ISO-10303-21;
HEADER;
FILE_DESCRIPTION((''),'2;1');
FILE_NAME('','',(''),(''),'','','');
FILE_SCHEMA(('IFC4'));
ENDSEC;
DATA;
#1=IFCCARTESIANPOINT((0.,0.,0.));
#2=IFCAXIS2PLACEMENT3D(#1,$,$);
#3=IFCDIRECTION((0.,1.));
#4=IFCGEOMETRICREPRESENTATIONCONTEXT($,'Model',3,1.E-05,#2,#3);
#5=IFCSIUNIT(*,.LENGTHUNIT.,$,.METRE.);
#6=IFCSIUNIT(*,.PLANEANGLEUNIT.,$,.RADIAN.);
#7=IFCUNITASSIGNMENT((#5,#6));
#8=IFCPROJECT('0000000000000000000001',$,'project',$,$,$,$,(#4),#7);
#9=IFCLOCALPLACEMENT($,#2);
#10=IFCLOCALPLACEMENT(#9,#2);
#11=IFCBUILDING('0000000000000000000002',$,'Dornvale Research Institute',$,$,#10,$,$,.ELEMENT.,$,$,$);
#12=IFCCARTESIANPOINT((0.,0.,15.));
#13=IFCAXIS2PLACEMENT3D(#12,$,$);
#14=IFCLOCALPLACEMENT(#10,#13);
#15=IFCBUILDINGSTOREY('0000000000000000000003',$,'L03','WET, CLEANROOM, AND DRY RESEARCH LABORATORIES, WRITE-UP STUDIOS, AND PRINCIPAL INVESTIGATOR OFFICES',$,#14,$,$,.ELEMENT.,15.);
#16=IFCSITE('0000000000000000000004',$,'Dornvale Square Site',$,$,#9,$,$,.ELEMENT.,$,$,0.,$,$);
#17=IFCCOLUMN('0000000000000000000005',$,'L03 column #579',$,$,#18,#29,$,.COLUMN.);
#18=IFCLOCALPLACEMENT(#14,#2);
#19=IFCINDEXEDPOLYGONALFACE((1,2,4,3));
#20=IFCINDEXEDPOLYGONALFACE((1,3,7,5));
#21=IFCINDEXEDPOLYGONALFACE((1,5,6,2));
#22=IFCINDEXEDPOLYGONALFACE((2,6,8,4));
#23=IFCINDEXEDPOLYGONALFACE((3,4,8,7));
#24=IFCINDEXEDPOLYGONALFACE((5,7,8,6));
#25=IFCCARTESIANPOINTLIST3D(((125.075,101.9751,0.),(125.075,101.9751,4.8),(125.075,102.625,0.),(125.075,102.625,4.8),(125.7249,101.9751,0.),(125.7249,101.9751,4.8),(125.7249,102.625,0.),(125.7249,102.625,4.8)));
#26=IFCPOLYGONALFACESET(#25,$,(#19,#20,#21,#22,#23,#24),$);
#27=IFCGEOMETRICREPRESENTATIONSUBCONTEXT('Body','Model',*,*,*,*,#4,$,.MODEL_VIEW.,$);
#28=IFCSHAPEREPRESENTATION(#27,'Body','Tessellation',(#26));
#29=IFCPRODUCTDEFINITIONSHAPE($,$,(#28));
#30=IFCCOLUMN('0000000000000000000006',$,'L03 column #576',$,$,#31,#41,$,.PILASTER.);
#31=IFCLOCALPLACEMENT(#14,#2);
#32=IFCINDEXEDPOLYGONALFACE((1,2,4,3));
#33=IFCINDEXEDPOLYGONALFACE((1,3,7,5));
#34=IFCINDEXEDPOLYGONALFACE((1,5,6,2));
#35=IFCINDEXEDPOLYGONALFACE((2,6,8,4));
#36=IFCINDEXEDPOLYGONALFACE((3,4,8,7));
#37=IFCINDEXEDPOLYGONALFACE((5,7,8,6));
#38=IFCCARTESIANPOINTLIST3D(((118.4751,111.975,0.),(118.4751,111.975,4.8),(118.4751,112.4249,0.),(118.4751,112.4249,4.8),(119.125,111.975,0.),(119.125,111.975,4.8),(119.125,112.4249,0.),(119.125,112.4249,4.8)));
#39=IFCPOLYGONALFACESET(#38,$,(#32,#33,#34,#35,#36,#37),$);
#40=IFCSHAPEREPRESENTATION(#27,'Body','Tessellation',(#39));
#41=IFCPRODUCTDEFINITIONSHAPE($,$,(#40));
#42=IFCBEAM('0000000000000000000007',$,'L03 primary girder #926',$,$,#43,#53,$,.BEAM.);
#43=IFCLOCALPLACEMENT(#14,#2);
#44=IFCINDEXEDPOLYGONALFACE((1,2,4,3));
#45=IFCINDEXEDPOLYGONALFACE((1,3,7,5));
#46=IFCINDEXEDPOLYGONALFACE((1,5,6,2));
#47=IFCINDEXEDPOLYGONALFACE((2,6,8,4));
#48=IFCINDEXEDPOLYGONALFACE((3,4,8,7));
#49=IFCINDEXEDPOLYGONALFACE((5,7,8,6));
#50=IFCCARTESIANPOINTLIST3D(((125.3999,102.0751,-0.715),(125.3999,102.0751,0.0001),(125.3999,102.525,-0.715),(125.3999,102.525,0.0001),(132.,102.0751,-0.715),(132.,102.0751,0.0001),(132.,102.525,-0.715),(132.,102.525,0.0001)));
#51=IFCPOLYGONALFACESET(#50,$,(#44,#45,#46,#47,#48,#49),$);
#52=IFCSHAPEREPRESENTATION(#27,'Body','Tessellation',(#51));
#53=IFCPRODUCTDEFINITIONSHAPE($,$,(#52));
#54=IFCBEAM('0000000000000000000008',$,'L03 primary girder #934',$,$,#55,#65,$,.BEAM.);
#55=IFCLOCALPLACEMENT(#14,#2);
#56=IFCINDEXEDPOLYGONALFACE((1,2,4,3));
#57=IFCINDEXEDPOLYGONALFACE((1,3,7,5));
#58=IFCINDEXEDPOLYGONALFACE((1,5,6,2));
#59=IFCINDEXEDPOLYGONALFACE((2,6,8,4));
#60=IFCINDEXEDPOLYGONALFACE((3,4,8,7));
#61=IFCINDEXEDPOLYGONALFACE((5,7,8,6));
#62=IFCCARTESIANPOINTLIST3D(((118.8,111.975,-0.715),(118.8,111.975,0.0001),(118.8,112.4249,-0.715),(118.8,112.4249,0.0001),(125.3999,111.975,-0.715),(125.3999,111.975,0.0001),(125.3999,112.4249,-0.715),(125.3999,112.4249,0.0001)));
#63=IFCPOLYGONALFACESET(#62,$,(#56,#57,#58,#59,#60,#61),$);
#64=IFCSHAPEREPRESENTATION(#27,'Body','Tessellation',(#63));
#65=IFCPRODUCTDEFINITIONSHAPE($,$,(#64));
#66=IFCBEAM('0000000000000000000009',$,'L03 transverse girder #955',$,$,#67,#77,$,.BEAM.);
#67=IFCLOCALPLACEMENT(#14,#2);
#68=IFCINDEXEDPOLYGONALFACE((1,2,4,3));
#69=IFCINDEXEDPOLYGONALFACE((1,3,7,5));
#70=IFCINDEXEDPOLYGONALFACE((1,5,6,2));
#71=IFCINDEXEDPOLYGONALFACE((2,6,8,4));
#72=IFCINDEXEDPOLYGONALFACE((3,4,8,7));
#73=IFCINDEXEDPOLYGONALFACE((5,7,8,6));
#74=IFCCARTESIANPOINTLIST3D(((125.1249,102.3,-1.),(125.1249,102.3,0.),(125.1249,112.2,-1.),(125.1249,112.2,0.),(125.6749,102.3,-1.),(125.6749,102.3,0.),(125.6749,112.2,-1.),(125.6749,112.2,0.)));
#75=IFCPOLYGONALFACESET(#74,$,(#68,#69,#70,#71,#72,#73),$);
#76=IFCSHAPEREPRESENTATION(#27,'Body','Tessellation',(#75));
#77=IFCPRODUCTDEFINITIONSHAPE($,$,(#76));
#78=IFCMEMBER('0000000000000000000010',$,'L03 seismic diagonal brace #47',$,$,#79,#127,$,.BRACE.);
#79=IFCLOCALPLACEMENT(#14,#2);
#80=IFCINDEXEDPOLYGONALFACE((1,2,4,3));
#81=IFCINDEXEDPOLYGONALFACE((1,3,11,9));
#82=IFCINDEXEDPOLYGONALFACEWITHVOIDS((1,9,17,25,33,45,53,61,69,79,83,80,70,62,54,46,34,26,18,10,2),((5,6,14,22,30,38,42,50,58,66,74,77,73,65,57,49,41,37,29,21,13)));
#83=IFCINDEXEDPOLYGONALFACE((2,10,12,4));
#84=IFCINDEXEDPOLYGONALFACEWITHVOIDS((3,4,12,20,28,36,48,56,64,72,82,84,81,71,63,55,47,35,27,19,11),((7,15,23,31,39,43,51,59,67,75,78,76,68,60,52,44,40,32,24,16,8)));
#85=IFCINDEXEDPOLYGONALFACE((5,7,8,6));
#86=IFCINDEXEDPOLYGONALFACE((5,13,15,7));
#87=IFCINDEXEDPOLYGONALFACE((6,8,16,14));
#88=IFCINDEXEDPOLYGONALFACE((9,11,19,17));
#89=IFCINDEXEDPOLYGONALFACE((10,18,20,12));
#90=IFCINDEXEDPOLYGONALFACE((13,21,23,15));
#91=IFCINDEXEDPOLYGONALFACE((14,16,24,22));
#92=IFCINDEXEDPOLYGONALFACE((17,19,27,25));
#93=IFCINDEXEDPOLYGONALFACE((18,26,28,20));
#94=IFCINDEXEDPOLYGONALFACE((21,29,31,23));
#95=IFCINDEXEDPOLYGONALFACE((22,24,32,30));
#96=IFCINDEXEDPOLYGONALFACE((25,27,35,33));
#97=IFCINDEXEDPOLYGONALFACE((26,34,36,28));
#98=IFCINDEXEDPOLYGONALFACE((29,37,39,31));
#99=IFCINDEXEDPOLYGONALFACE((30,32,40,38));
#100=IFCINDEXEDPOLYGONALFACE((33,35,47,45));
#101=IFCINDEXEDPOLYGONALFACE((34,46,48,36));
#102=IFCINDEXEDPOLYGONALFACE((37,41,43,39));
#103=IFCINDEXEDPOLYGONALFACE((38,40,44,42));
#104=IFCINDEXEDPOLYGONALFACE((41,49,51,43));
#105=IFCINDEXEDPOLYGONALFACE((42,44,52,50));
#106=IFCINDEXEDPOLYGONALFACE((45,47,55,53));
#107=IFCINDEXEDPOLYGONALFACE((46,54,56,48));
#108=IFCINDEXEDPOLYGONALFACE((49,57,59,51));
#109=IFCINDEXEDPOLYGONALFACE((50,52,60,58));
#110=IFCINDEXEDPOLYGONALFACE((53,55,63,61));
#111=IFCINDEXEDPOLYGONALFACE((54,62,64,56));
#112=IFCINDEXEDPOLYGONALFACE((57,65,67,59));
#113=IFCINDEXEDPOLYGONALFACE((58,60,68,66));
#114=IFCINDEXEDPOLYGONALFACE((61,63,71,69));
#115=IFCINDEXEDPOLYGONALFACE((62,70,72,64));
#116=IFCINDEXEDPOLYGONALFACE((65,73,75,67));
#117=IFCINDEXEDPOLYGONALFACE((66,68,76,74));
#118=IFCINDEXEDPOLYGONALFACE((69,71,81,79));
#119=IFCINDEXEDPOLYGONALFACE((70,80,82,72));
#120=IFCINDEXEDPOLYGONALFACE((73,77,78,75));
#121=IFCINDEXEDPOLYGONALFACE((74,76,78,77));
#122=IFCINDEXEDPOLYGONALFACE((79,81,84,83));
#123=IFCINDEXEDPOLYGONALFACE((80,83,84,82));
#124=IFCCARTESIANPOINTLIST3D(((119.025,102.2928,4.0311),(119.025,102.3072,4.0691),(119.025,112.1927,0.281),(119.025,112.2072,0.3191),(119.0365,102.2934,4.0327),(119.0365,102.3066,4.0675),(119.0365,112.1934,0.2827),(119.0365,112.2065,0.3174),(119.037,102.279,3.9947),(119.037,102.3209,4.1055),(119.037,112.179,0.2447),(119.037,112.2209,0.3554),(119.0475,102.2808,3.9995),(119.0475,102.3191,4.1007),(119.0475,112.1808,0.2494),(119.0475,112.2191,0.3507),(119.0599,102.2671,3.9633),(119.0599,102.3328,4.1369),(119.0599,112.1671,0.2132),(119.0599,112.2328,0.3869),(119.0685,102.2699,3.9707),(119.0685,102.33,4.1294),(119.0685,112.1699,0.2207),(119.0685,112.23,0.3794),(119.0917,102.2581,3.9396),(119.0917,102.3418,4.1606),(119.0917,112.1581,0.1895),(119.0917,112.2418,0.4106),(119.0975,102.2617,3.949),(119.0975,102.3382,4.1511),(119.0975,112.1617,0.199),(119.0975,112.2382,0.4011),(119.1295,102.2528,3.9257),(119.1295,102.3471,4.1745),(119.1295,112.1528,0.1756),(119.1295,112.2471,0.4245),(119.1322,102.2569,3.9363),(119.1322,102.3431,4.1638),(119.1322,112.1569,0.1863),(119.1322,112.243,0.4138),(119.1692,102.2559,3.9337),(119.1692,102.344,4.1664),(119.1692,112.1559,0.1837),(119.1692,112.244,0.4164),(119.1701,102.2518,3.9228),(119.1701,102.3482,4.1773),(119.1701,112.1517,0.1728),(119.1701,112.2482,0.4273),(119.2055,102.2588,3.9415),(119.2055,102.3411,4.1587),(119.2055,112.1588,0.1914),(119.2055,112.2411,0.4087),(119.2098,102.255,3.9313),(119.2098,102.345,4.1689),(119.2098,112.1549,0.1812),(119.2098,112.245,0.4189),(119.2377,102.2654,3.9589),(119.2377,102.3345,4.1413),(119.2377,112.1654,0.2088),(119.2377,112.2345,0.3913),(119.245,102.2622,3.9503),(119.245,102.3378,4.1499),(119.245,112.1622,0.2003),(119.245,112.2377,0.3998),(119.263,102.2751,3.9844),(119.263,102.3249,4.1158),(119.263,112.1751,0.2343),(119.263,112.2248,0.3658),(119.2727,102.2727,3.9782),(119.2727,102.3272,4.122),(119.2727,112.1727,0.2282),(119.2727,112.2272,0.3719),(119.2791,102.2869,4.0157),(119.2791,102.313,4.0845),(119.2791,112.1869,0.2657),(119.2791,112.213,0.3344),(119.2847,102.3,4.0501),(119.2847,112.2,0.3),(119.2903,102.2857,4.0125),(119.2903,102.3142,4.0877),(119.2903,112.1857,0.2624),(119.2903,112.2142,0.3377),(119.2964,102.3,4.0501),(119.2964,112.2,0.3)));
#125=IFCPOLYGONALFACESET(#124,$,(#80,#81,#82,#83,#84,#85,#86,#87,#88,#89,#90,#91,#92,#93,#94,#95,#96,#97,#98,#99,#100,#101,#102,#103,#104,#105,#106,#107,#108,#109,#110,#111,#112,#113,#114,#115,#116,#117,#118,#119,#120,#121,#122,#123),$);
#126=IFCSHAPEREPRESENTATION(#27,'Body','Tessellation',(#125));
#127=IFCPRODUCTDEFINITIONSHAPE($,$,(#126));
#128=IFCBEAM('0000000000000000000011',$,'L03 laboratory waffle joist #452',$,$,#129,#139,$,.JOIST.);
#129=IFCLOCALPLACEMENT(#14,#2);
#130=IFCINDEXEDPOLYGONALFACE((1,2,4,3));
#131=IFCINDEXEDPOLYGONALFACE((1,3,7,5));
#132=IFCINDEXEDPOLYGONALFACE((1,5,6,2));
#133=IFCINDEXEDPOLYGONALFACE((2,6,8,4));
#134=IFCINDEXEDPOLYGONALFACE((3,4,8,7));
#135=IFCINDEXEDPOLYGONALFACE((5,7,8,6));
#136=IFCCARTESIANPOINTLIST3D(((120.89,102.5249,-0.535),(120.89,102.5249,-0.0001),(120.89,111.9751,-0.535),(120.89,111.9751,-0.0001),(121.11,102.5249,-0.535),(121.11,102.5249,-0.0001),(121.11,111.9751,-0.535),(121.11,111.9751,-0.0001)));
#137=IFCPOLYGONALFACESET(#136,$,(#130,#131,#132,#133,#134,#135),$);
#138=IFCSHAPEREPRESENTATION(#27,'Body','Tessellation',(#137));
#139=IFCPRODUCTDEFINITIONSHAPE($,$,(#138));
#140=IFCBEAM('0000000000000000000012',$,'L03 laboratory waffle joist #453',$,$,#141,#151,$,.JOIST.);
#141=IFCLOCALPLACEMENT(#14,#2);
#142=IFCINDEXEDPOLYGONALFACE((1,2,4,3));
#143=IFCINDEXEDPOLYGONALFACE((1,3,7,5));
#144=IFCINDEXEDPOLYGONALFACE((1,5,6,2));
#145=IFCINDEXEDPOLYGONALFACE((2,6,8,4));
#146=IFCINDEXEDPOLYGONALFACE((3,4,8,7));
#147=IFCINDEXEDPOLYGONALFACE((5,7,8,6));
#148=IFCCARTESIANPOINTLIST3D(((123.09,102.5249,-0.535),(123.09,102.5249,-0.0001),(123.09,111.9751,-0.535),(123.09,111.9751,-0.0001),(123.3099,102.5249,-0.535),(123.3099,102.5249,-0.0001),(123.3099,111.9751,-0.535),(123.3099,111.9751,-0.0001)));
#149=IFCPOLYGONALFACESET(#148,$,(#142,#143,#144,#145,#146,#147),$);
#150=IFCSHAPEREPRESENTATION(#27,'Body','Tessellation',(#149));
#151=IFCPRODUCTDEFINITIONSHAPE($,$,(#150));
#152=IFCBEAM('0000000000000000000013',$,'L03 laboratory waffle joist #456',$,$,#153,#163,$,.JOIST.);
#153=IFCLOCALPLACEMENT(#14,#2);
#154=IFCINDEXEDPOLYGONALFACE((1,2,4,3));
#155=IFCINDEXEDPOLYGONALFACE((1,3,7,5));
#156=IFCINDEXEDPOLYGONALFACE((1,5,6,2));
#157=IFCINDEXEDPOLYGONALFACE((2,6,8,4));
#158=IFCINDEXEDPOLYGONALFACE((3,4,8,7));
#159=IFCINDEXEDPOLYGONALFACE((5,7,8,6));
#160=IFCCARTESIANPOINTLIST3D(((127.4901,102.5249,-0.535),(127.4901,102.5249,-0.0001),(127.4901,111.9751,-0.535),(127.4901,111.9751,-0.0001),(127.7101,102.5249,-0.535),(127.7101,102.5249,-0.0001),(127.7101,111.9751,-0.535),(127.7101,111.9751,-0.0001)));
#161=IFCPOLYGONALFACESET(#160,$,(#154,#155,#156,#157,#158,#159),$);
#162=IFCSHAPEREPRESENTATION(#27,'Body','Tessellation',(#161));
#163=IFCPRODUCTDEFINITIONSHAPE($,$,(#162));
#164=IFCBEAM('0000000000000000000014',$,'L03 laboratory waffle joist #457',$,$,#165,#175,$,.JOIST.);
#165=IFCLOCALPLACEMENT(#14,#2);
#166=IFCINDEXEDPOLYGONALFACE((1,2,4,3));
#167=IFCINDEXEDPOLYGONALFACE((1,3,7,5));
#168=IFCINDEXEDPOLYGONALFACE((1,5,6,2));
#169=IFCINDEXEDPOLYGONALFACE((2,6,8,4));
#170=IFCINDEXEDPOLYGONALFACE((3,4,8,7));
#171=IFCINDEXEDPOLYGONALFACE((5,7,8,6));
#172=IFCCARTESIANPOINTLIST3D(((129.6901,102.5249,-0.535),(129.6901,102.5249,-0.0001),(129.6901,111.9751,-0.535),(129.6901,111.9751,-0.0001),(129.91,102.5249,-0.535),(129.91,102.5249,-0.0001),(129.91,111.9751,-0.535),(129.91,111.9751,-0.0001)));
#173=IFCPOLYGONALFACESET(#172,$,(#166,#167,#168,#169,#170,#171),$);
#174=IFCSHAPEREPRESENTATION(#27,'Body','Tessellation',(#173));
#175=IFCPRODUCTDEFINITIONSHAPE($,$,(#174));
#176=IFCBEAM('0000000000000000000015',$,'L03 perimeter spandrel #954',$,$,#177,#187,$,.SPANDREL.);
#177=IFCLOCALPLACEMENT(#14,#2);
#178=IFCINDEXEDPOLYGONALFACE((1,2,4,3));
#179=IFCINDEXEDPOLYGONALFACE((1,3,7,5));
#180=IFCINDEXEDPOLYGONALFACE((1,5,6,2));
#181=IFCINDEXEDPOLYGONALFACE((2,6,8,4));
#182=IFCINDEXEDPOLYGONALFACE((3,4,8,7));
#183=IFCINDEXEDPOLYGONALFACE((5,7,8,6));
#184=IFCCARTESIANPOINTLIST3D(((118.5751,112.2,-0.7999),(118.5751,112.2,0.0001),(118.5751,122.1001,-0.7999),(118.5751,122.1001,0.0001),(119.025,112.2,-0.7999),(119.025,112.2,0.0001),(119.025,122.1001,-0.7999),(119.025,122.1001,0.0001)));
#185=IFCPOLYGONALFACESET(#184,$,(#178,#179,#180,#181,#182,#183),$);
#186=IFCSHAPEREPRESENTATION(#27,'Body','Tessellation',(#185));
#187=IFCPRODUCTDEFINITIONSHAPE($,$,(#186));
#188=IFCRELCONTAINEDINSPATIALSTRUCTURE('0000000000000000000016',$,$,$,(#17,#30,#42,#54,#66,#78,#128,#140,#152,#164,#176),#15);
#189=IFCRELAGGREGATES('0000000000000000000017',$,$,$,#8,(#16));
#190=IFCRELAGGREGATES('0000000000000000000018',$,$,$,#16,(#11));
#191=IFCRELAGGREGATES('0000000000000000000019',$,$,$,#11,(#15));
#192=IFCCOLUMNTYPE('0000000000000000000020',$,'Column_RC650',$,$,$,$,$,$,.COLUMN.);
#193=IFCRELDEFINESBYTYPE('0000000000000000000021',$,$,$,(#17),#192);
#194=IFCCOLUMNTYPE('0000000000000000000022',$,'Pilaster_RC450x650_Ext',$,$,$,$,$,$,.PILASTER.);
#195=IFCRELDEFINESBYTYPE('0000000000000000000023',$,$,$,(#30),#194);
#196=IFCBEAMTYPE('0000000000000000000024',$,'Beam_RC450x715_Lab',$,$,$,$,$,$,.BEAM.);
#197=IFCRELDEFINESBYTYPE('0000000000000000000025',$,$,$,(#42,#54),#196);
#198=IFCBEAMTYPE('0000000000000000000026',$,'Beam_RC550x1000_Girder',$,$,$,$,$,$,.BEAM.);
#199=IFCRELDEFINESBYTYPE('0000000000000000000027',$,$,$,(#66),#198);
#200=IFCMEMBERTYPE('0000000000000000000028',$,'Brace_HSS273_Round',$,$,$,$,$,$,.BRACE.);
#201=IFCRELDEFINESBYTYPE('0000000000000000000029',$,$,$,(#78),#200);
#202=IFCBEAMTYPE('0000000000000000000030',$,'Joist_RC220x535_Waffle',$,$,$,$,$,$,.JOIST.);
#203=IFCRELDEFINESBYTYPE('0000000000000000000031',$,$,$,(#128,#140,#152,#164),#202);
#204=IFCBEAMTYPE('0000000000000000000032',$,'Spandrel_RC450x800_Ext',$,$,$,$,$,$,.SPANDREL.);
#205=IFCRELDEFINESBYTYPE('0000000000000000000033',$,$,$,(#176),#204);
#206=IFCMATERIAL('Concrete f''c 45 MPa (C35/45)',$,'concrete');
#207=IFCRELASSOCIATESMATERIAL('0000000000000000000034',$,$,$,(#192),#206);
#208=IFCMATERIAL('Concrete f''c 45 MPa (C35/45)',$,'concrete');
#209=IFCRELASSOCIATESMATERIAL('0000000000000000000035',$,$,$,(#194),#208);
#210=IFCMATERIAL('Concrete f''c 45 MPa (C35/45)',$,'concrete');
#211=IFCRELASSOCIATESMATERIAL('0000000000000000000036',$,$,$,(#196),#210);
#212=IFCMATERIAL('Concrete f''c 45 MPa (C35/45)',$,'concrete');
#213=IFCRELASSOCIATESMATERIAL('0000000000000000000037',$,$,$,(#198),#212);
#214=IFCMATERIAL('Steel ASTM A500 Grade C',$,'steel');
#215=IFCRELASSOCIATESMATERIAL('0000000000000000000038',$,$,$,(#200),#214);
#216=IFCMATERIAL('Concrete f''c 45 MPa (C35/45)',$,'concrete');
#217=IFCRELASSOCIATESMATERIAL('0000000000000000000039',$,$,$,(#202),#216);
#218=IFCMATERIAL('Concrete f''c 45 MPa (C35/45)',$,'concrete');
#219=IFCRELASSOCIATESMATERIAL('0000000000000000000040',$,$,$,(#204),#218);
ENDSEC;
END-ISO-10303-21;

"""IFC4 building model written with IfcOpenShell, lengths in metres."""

from ifc_helpers import new_model, si_unit, direction, frame, origin, origin_2d, place, context, subcontext, project, spatial, rectangle, hollow_circle, extrude, material, material_profile, profile_set, type_object, element, save


model = new_model("IFC4")

# Units and contexts
model_context = context("Model", 3, precision=1e-05, world=origin(), true_north=direction((0.0, 1.0)))
body_context = subcontext(model_context, "Body", "Model", "MODEL_VIEW")
ifc_project = project(units=[si_unit("LENGTHUNIT", "METRE"), si_unit("PLANEANGLEUNIT", "RADIAN")], contexts=[model_context])

# Site, building, storey
site_placement = place(None, origin())
site = spatial("IfcSite", under=ifc_project, at=site_placement, Name="Dornvale Square Site", CompositionType="ELEMENT", RefElevation=0.0)
building_placement = place(site_placement, origin())
building = spatial("IfcBuilding", under=site, at=building_placement, Name="Dornvale Research Institute", CompositionType="ELEMENT")
storey_placement = place(building_placement, frame((0.0, 0.0, 15.0)))
storey = spatial("IfcBuildingStorey", under=building, at=storey_placement, Name="L03", Description="WET, CLEANROOM, AND DRY RESEARCH LABORATORIES, WRITE-UP STUDIOS, AND PRINCIPAL INVESTIGATOR OFFICES", CompositionType="ELEMENT", Elevation=15.0)

# Columns
ifc_material_1 = material(Name="Concrete f'c 45 MPa (C35/45)", Category="concrete")
ifc_material_profile_1 = material_profile(ifc_material_1, rectangle(XDim=0.6499, YDim=0.6499, at=origin_2d()), Name="RC 650x650")
ifc_profile_set_1 = profile_set([ifc_material_profile_1], Name="Concrete f'c 45 MPa (C35/45)")
column_type_1 = type_object("IfcColumnType", Name="Column_RC650", PredefinedType="COLUMN", material=ifc_profile_set_1)
column_1_placement = place(storey_placement, frame((125.3999, 102.3, 0.0), z_axis=(0.0, 0.0, 1.0), x_axis=(1.0, 0.0, 0.0)))
element("IfcColumn", 1, at=column_1_placement, inside=storey, type_object=column_type_1, Name="L03 column #579", PredefinedType="COLUMN", context=body_context, shape_type="SweptSolid", body=[
    extrude(rectangle(XDim=0.6499, YDim=0.6499, at=origin_2d()), origin(), (0.0, 0.0, 1.0), 4.8),
])
ifc_material_2 = material(Name="Concrete f'c 45 MPa (C35/45)", Category="concrete")
ifc_material_profile_2 = material_profile(ifc_material_2, rectangle(XDim=0.45, YDim=0.6499, at=origin_2d()), Name="RC 450x650")
ifc_profile_set_2 = profile_set([ifc_material_profile_2], Name="Concrete f'c 45 MPa (C35/45)")
column_type_2 = type_object("IfcColumnType", Name="Pilaster_RC450x650_Ext", PredefinedType="PILASTER", material=ifc_profile_set_2)
column_2_placement = place(storey_placement, frame((118.8, 112.2, 0.0), z_axis=(0.0, 0.0, 1.0), x_axis=(0.0, 1.0, 0.0)))
element("IfcColumn", 2, at=column_2_placement, inside=storey, type_object=column_type_2, Name="L03 column #576", PredefinedType="PILASTER", context=body_context, shape_type="SweptSolid", body=[
    extrude(rectangle(XDim=0.45, YDim=0.6499, at=origin_2d()), origin(), (0.0, 0.0, 1.0), 4.8),
])

# Beams
ifc_material_3 = material(Name="Concrete f'c 45 MPa (C35/45)", Category="concrete")
ifc_material_profile_3 = material_profile(ifc_material_3, rectangle(XDim=0.45, YDim=0.7151, at=origin_2d()), Name="RC 450x715")
ifc_profile_set_3 = profile_set([ifc_material_profile_3], Name="Concrete f'c 45 MPa (C35/45)")
beam_type_1 = type_object("IfcBeamType", Name="Beam_RC450x715_Lab", PredefinedType="BEAM", material=ifc_profile_set_3)
beam_1_placement = place(storey_placement, frame((125.3999, 102.3, -0.3574), z_axis=(1.0, 0.0, 0.0), x_axis=(0.0, 1.0, 0.0)))
element("IfcBeam", 3, at=beam_1_placement, inside=storey, type_object=beam_type_1, Name="L03 primary girder #926", PredefinedType="BEAM", context=body_context, shape_type="SweptSolid", body=[
    extrude(rectangle(XDim=0.45, YDim=0.7151, at=origin_2d()), origin(), (0.0, 0.0, 1.0), 6.6001),
])
beam_2_placement = place(storey_placement, frame((118.8, 112.2, -0.3574), z_axis=(1.0, 0.0, 0.0), x_axis=(0.0, 1.0, 0.0)))
element("IfcBeam", 4, at=beam_2_placement, inside=storey, type_object=beam_type_1, Name="L03 primary girder #934", PredefinedType="BEAM", context=body_context, shape_type="SweptSolid", body=[
    extrude(rectangle(XDim=0.45, YDim=0.7151, at=origin_2d()), origin(), (0.0, 0.0, 1.0), 6.5999),
])
ifc_material_4 = material(Name="Concrete f'c 45 MPa (C35/45)", Category="concrete")
ifc_material_profile_4 = material_profile(ifc_material_4, rectangle(XDim=0.55, YDim=1.0, at=origin_2d()), Name="RC 550x1000")
ifc_profile_set_4 = profile_set([ifc_material_profile_4], Name="Concrete f'c 45 MPa (C35/45)")
beam_type_2 = type_object("IfcBeamType", Name="Beam_RC550x1000_Girder", PredefinedType="BEAM", material=ifc_profile_set_4)
beam_3_placement = place(storey_placement, frame((125.3999, 102.3, -0.5), z_axis=(0.0, 1.0, 0.0), x_axis=(-1.0, 0.0, 0.0)))
element("IfcBeam", 5, at=beam_3_placement, inside=storey, type_object=beam_type_2, Name="L03 transverse girder #955", PredefinedType="BEAM", context=body_context, shape_type="SweptSolid", body=[
    extrude(rectangle(XDim=0.55, YDim=1.0, at=origin_2d()), origin(), (0.0, 0.0, 1.0), 9.8999),
])

# Member
ifc_material_5 = material(Name="Steel ASTM A500 Grade C", Category="steel")
ifc_material_profile_5 = material_profile(ifc_material_5, hollow_circle(Radius=0.1365, WallThickness=0.0117, at=origin_2d()), Name="HSS273X12.7")
ifc_profile_set_5 = profile_set([ifc_material_profile_5], Name="Steel ASTM A500 Grade C")
member_type = type_object("IfcMemberType", Name="Brace_HSS273_Round", PredefinedType="BRACE", material=ifc_profile_set_5)
member_placement = place(storey_placement, frame((119.1599, 112.2, 0.3), z_axis=(0.0, -0.935158, 0.35423), x_axis=(1.0, 0.0, 0.0)))
element("IfcMember", 6, at=member_placement, inside=storey, type_object=member_type, Name="L03 seismic diagonal brace #47", PredefinedType="BRACE", context=body_context, shape_type="SweptSolid", body=[
    extrude(hollow_circle(Radius=0.1365, WallThickness=0.0117, at=origin_2d()), origin(), (0.0, 0.0, 1.0), 10.5864),
])

# Beams
ifc_material_6 = material(Name="Concrete f'c 45 MPa (C35/45)", Category="concrete")
ifc_material_profile_6 = material_profile(ifc_material_6, rectangle(XDim=0.22, YDim=0.5349, at=origin_2d()), Name="RC 220x535")
ifc_profile_set_6 = profile_set([ifc_material_profile_6], Name="Concrete f'c 45 MPa (C35/45)")
beam_type_3 = type_object("IfcBeamType", Name="Joist_RC220x535_Waffle", PredefinedType="JOIST", material=ifc_profile_set_6)
for number, where, z_axis, x_axis, name in (
    (7, (121.0, 102.5249, -0.2676), (0.0, 1.0, 0.0), (-1.0, 0.0, 0.0), "L03 laboratory waffle joist #452"),
    (8, (123.2, 102.5249, -0.2676), (0.0, 1.0, 0.0), (-1.0, 0.0, 0.0), "L03 laboratory waffle joist #453"),
    (9, (127.6001, 102.5249, -0.2676), (0.0, 1.0, 0.0), (-1.0, 0.0, 0.0), "L03 laboratory waffle joist #456"),
    (10, (129.8, 102.5249, -0.2676), (0.0, 1.0, 0.0), (-1.0, 0.0, 0.0), "L03 laboratory waffle joist #457"),
):
    element("IfcBeam", number, at=place(storey_placement, frame(where, z_axis=z_axis, x_axis=x_axis)), inside=storey, type_object=beam_type_3, Name=name, PredefinedType="JOIST", context=body_context, shape_type="SweptSolid", body=[
        extrude(rectangle(XDim=0.22, YDim=0.5349, at=origin_2d()), origin(), (0.0, 0.0, 1.0), 9.4502),
    ])
ifc_material_7 = material(Name="Concrete f'c 45 MPa (C35/45)", Category="concrete")
ifc_material_profile_7 = material_profile(ifc_material_7, rectangle(XDim=0.45, YDim=0.8, at=origin_2d()), Name="RC 450x800")
ifc_profile_set_7 = profile_set([ifc_material_profile_7], Name="Concrete f'c 45 MPa (C35/45)")
beam_type_4 = type_object("IfcBeamType", Name="Spandrel_RC450x800_Ext", PredefinedType="SPANDREL", material=ifc_profile_set_7)
beam_4_placement = place(storey_placement, frame((118.8, 112.2, -0.3999), z_axis=(0.0, 1.0, 0.0), x_axis=(-1.0, 0.0, 0.0)))
element("IfcBeam", 11, at=beam_4_placement, inside=storey, type_object=beam_type_4, Name="L03 perimeter spandrel #954", PredefinedType="SPANDREL", context=body_context, shape_type="SweptSolid", body=[
    extrude(rectangle(XDim=0.45, YDim=0.8, at=origin_2d()), origin(), (0.0, 0.0, 1.0), 9.9001),
])

save(model, "model.ifc")
